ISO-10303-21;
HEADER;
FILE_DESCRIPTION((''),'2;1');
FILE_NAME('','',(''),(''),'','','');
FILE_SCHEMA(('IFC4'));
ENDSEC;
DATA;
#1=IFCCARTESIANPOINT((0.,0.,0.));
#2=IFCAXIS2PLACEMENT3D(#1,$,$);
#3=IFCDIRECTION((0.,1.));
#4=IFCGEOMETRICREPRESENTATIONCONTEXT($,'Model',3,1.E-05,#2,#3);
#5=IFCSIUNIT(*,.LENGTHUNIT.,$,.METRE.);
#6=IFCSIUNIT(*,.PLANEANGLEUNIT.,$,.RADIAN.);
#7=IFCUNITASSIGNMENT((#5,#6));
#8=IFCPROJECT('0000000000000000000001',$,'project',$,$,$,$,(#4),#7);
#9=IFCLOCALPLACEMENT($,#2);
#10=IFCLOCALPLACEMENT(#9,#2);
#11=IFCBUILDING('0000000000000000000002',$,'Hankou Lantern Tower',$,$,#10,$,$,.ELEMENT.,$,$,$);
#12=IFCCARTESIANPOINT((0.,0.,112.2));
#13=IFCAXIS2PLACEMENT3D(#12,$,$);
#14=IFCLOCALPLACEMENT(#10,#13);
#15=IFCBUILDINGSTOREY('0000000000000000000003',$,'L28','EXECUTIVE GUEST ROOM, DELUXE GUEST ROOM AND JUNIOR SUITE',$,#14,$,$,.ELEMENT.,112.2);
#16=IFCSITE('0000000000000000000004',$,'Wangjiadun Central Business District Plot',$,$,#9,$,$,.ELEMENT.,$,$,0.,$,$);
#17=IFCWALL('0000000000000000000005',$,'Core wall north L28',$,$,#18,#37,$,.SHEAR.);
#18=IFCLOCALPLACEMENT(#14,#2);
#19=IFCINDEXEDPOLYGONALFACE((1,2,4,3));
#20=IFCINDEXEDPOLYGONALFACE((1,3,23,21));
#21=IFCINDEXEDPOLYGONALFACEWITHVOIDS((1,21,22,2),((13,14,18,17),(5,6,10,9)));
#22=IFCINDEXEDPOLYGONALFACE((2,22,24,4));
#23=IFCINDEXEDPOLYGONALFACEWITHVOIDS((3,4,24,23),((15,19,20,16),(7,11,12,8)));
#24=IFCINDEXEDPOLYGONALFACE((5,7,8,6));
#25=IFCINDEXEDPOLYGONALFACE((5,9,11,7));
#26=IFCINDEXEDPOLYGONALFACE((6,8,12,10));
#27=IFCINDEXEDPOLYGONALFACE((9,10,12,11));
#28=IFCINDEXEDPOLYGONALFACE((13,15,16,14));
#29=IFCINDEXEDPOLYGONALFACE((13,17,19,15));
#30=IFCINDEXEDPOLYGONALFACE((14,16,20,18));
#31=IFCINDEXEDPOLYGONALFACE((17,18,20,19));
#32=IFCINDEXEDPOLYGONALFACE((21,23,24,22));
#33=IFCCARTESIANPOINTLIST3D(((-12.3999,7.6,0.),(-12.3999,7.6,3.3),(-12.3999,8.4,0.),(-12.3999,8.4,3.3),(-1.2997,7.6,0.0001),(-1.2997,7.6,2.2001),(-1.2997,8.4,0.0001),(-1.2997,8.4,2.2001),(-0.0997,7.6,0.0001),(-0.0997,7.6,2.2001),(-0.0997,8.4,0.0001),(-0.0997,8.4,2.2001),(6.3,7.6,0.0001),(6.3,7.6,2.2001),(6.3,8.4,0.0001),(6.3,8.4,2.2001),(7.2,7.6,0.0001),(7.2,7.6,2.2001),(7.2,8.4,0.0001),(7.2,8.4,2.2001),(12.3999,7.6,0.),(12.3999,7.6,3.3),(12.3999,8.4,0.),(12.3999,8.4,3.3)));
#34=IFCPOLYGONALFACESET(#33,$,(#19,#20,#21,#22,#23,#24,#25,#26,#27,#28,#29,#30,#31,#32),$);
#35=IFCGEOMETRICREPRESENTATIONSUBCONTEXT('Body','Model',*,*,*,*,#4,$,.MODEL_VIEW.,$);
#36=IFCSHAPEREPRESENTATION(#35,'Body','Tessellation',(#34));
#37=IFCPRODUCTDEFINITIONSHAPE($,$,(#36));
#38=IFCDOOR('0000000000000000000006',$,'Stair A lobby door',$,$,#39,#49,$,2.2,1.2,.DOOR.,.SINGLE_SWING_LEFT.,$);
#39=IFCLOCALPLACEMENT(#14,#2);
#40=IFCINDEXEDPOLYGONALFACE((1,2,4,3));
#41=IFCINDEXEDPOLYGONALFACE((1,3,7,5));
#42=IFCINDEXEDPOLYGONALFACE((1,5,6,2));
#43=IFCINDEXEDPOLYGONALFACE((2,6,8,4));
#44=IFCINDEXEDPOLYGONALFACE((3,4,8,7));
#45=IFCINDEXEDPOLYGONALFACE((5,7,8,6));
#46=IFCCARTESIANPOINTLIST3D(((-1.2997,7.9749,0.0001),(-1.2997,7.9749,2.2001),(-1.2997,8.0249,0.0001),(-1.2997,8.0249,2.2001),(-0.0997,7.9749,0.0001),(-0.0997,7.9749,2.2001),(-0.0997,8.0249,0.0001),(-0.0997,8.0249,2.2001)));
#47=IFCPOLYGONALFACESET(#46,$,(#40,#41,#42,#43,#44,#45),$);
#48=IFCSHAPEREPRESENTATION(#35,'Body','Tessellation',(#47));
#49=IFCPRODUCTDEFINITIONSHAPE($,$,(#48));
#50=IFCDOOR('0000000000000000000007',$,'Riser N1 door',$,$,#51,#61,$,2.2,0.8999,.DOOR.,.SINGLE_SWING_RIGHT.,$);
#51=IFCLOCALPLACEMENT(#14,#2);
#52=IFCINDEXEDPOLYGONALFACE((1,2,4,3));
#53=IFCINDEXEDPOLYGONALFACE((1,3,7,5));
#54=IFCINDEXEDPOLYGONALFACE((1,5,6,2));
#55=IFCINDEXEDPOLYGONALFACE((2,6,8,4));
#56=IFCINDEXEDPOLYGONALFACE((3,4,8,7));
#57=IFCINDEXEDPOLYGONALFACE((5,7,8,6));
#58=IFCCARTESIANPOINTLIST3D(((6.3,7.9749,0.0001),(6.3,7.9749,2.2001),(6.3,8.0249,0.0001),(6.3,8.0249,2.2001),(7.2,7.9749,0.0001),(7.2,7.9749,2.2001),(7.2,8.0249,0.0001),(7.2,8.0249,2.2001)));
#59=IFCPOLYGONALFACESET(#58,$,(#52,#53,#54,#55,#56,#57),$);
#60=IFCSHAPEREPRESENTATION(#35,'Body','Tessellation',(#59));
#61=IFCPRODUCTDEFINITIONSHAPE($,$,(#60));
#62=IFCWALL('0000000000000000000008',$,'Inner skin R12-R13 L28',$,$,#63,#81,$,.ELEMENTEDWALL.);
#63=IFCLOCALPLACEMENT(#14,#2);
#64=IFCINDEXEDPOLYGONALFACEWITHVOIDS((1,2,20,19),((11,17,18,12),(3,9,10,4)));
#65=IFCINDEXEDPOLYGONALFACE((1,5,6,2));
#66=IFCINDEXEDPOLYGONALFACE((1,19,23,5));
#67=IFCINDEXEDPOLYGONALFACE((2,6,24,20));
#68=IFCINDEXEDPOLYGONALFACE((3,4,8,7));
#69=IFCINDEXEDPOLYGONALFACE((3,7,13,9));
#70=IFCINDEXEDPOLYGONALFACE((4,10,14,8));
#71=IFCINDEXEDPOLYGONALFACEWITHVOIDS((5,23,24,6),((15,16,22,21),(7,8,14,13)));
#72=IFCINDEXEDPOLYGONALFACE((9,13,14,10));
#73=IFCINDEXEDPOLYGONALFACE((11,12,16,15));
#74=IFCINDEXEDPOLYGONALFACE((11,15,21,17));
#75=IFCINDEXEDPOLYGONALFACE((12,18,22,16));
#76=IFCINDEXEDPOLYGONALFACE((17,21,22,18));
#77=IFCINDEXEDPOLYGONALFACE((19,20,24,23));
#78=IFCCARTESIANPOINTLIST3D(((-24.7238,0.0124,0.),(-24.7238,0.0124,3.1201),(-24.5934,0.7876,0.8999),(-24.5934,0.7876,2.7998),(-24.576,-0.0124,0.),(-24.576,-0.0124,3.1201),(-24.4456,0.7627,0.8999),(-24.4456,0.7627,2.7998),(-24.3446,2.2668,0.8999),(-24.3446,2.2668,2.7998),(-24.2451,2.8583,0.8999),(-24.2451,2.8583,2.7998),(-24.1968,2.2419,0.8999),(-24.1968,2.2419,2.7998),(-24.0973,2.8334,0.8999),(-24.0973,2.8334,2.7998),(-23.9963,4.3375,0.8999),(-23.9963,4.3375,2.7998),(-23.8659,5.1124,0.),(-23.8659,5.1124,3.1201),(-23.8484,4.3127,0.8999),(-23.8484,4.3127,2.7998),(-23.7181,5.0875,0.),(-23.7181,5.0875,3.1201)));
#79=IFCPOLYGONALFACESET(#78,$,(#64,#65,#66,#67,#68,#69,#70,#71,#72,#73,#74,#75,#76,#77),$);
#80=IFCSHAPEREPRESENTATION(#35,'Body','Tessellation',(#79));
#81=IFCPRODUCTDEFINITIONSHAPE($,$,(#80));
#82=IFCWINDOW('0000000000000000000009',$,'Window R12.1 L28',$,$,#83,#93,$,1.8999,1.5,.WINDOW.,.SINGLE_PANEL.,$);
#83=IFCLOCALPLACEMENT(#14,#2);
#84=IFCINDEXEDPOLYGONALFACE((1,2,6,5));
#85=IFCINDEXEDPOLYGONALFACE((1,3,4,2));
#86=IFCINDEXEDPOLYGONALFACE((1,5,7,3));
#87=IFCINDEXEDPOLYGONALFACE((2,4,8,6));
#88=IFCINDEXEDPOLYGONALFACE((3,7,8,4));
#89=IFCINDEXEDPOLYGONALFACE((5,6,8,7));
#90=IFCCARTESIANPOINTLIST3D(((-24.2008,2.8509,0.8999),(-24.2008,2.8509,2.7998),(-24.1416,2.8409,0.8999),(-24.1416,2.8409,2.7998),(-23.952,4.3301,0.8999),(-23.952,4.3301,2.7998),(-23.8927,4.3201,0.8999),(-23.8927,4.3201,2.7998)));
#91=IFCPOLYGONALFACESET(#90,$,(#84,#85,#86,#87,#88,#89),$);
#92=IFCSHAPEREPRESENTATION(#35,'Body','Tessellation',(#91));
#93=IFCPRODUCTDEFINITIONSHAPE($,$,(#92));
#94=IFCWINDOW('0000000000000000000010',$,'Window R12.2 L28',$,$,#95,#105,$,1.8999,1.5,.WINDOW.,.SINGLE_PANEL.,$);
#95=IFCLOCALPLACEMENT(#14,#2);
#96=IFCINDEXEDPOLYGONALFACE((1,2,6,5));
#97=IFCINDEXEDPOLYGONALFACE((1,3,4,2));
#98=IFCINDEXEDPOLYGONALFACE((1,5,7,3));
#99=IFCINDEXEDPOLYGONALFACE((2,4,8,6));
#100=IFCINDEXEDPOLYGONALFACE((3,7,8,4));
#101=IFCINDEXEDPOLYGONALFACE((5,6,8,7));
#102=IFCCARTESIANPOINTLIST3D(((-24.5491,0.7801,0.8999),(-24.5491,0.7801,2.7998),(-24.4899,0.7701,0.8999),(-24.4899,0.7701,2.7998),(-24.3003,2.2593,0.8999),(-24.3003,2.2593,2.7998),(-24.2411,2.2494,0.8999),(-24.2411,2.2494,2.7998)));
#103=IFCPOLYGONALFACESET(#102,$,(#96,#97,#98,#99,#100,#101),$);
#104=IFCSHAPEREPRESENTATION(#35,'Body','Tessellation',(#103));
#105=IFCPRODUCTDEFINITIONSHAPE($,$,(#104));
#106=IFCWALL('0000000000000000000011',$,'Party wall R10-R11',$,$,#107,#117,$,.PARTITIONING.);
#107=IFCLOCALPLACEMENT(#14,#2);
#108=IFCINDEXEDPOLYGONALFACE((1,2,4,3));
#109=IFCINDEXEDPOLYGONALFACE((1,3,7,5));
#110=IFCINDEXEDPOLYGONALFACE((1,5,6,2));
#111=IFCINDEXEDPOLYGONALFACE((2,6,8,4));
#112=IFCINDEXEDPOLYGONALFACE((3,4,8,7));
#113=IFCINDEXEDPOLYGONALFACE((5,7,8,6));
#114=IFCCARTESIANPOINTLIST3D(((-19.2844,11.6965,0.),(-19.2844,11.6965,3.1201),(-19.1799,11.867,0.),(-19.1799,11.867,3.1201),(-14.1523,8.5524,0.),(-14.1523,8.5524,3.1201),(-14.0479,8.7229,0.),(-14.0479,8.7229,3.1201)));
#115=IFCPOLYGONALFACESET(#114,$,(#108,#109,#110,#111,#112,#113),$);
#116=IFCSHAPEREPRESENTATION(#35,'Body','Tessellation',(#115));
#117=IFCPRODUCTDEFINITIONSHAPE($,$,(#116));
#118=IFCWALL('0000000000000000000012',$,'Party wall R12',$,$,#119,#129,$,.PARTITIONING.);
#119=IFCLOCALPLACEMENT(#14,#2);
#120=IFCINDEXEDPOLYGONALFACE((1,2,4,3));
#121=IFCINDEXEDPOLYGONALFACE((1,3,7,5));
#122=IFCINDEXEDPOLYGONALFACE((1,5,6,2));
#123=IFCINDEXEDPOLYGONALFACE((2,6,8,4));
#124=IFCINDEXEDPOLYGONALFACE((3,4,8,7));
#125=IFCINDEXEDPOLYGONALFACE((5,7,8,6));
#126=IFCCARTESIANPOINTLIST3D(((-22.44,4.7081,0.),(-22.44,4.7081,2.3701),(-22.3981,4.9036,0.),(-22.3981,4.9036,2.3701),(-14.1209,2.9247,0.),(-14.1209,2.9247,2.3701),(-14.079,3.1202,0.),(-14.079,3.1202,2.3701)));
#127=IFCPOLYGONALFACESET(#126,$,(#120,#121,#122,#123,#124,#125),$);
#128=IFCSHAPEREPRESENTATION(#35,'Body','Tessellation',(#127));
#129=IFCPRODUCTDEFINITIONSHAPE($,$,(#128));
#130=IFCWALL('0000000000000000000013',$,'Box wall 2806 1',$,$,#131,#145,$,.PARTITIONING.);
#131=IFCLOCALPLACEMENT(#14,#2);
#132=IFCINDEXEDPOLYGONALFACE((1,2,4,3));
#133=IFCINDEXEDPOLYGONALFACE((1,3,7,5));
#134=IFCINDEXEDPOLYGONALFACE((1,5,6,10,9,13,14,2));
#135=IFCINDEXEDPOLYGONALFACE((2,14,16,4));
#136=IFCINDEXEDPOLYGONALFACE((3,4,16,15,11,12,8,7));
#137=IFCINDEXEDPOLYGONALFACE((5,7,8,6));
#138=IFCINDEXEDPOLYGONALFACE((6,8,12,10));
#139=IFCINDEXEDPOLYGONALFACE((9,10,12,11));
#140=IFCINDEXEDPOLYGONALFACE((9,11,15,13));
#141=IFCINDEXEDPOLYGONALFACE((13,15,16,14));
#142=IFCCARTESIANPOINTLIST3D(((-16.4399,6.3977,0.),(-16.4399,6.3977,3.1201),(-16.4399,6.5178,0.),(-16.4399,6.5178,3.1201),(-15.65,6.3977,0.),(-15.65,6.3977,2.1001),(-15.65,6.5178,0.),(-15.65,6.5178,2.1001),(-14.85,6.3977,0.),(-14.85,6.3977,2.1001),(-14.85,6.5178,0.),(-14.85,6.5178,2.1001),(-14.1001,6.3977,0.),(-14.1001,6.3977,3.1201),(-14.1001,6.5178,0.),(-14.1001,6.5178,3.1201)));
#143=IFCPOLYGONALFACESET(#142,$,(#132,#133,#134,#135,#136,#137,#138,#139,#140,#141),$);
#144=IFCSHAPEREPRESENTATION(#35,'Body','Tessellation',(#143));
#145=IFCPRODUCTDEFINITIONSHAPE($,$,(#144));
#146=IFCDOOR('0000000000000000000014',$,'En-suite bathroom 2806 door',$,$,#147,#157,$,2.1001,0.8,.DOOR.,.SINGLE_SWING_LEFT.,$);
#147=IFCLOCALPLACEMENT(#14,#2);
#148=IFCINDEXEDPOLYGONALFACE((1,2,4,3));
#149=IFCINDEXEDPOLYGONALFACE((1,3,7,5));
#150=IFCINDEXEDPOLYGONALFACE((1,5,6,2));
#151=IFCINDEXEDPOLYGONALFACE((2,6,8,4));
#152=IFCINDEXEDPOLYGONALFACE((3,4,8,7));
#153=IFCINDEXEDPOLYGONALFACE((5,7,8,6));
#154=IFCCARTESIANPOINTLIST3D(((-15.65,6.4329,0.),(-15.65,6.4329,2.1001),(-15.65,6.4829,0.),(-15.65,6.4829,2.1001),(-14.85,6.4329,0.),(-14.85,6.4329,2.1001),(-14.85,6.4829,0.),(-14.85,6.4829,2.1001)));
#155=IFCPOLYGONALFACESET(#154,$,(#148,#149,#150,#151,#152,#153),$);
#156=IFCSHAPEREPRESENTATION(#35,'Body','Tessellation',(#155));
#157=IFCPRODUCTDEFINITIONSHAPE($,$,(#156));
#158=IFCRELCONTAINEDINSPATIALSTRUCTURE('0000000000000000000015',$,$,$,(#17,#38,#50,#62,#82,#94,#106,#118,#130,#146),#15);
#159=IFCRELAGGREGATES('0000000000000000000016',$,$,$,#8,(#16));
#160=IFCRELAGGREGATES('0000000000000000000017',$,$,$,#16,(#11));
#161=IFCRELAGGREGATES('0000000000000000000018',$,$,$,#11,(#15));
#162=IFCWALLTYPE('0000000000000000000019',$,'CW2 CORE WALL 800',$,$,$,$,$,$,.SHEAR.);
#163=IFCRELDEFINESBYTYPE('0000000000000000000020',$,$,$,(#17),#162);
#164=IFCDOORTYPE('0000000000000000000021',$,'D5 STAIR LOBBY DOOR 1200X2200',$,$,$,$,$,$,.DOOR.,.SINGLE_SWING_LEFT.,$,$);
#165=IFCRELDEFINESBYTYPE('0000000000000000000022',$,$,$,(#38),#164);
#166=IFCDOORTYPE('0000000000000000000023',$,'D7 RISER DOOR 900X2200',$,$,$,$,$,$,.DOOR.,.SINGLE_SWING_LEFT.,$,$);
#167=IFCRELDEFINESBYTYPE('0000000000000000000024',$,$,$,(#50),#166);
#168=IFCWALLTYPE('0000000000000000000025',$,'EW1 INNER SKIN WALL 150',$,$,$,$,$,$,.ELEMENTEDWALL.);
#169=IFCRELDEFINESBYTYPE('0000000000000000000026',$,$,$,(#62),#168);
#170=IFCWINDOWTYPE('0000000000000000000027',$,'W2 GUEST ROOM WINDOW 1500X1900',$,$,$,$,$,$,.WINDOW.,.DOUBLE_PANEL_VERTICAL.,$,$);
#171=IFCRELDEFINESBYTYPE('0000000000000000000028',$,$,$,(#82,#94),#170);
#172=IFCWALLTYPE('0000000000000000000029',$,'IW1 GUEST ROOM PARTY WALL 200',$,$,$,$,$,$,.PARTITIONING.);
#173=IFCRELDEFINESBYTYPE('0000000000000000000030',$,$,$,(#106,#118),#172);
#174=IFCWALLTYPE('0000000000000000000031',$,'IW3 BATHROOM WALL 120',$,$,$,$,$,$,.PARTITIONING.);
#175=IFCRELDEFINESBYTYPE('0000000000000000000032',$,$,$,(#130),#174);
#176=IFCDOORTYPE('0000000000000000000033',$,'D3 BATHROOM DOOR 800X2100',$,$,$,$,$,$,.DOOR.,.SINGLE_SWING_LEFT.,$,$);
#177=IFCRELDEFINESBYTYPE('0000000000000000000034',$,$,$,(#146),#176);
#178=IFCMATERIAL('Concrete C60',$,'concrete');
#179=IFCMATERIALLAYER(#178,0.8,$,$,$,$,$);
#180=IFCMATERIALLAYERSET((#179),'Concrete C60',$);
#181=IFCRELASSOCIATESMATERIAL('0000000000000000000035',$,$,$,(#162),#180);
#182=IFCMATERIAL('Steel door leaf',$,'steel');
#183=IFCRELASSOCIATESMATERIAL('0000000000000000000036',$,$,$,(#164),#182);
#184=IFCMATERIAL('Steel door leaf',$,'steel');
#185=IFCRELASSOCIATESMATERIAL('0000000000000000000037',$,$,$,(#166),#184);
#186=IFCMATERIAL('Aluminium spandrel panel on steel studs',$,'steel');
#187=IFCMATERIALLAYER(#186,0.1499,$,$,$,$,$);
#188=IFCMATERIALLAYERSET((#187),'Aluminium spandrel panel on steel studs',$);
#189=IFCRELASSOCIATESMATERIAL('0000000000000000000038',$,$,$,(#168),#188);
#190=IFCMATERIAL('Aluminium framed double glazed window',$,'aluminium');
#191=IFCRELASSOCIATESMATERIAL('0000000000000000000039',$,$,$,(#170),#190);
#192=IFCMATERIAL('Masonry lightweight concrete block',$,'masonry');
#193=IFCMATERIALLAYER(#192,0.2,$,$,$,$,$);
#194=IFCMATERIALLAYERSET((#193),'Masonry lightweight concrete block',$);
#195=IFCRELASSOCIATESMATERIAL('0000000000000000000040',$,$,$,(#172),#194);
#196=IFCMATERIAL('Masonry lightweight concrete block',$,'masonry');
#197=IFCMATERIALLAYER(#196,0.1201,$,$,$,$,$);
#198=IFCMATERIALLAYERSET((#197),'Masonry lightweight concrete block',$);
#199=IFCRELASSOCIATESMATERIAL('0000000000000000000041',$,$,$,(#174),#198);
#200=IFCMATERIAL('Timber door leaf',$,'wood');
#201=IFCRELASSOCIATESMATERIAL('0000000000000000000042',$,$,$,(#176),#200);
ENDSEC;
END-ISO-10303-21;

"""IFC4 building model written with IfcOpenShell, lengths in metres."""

from ifc_helpers import new_model, si_unit, direction, frame, frame_2d, origin, place, context, subcontext, project, spatial, rectangle, extrude, material, layer, layer_set, type_object, element, fill, save


model = new_model("IFC4")

# Units and contexts
model_context = context("Model", 3, precision=1e-05, world=origin(), true_north=direction((0.0, 1.0)))
body_context = subcontext(model_context, "Body", "Model", "MODEL_VIEW")
ifc_project = project(units=[si_unit("LENGTHUNIT", "METRE"), si_unit("PLANEANGLEUNIT", "RADIAN")], contexts=[model_context])

# Site, building, storey
site_placement = place(None, origin())
site = spatial("IfcSite", under=ifc_project, at=site_placement, Name="Wangjiadun Central Business District Plot", CompositionType="ELEMENT", RefElevation=0.0)
building_placement = place(site_placement, origin())
building = spatial("IfcBuilding", under=site, at=building_placement, Name="Hankou Lantern Tower", CompositionType="ELEMENT")
storey_placement = place(building_placement, frame((0.0, 0.0, 112.2)))
storey = spatial("IfcBuildingStorey", under=building, at=storey_placement, Name="L28", Description="EXECUTIVE GUEST ROOM, DELUXE GUEST ROOM AND JUNIOR SUITE", CompositionType="ELEMENT", Elevation=112.2)

# Wall, openings, doors
ifc_material_1 = material(Name="Concrete C60", Category="concrete")
ifc_layer_1 = layer(ifc_material_1, 0.8)
ifc_layer_set_1 = layer_set([ifc_layer_1], Name="Concrete C60")
wall_type_1 = type_object("IfcWallType", Name="CW2 CORE WALL 800", PredefinedType="SHEAR", material=ifc_layer_set_1)
wall_1_placement = place(storey_placement, frame((-12.3999, 8.0, 0.0), z_axis=(0.0, 0.0, 1.0), x_axis=(1.0, 0.0, 0.0)))
wall_1 = element("IfcWall", 1, at=wall_1_placement, inside=storey, type_object=wall_type_1, Name="Core wall north L28", PredefinedType="SHEAR", context=body_context, shape_type="SweptSolid", body=[
    extrude(rectangle(XDim=24.7998, YDim=0.8, at=frame_2d((12.3999, 0.0))), origin(), (0.0, 0.0, 1.0), 3.3),
])
opening_1_placement = place(wall_1_placement, frame((11.1001, 0.0, 0.0)))
opening_1 = element("IfcOpeningElement", 2, at=opening_1_placement, cuts=wall_1, PredefinedType="OPENING", context=body_context, shape_type="SweptSolid", body=[
    extrude(rectangle(XDim=1.2, YDim=2.2, at=frame_2d((0.6001, 1.1001))), frame((0.0, 0.4099, 0.0), z_axis=(0.0, -1.0, 0.0), x_axis=(1.0, 0.0, 0.0)), (0.0, 0.0, 1.0), 0.8201),
])
opening_2_placement = place(wall_1_placement, frame((18.7, 0.0, 0.0)))
opening_2 = element("IfcOpeningElement", 3, at=opening_2_placement, cuts=wall_1, PredefinedType="OPENING", context=body_context, shape_type="SweptSolid", body=[
    extrude(rectangle(XDim=0.8999, YDim=2.2, at=frame_2d((0.45, 1.1001))), frame((0.0, 0.4099, 0.0), z_axis=(0.0, -1.0, 0.0), x_axis=(1.0, 0.0, 0.0)), (0.0, 0.0, 1.0), 0.8201),
])
ifc_material_2 = material(Name="Steel door leaf", Category="steel")
door_type_1 = type_object("IfcDoorType", Name="D5 STAIR LOBBY DOOR 1200X2200", OperationType="SINGLE_SWING_LEFT", PredefinedType="DOOR", material=ifc_material_2)
door_1_placement = place(opening_1_placement, origin())
door_1 = element("IfcDoor", 4, at=door_1_placement, inside=storey, type_object=door_type_1, Name="Stair A lobby door", OperationType="SINGLE_SWING_LEFT", OverallHeight=2.2, OverallWidth=1.2, PredefinedType="DOOR", context=body_context, shape_type="SweptSolid", body=[
    extrude(rectangle(XDim=1.2, YDim=2.2, at=frame_2d((0.6001, 1.1001))), frame((0.0, 0.0249, 0.0), z_axis=(0.0, -1.0, 0.0), x_axis=(1.0, 0.0, 0.0)), (0.0, 0.0, 1.0), 0.05),
])
fill(opening_1, door_1)
ifc_material_3 = material(Name="Steel door leaf", Category="steel")
door_type_2 = type_object("IfcDoorType", Name="D7 RISER DOOR 900X2200", OperationType="SINGLE_SWING_LEFT", PredefinedType="DOOR", material=ifc_material_3)
door_2_placement = place(opening_2_placement, origin())
door_2 = element("IfcDoor", 5, at=door_2_placement, inside=storey, type_object=door_type_2, Name="Riser N1 door", OperationType="SINGLE_SWING_RIGHT", OverallHeight=2.2, OverallWidth=0.8999, PredefinedType="DOOR", context=body_context, shape_type="SweptSolid", body=[
    extrude(rectangle(XDim=0.8999, YDim=2.2, at=frame_2d((0.45, 1.1001))), frame((0.0, 0.0249, 0.0), z_axis=(0.0, -1.0, 0.0), x_axis=(1.0, 0.0, 0.0)), (0.0, 0.0, 1.0), 0.05),
])
fill(opening_2, door_2)

# Wall, openings, windows
ifc_material_4 = material(Name="Aluminium spandrel panel on steel studs", Category="steel")
ifc_layer_2 = layer(ifc_material_4, 0.1499)
ifc_layer_set_2 = layer_set([ifc_layer_2], Name="Aluminium spandrel panel on steel studs")
wall_type_2 = type_object("IfcWallType", Name="EW1 INNER SKIN WALL 150", PredefinedType="ELEMENTEDWALL", material=ifc_layer_set_2)
wall_2_placement = place(storey_placement, frame((-23.792, 5.1001, 0.0), z_axis=(0.0, 0.0, 1.0), x_axis=(-0.165884, -0.986145, 0.0)))
wall_2 = element("IfcWall", 6, at=wall_2_placement, inside=storey, type_object=wall_type_2, Name="Inner skin R12-R13 L28", PredefinedType="ELEMENTEDWALL", context=body_context, shape_type="SweptSolid", body=[
    extrude(rectangle(XDim=5.1716, YDim=0.1499, at=frame_2d((2.5859, 0.0))), origin(), (0.0, 0.0, 1.0), 3.1201),
])
opening_3_placement = place(wall_2_placement, frame((0.7859, 0.0, 0.8999)))
opening_3 = element("IfcOpeningElement", 7, at=opening_3_placement, cuts=wall_2, PredefinedType="OPENING", context=body_context, shape_type="SweptSolid", body=[
    extrude(rectangle(XDim=1.5, YDim=1.8999, at=frame_2d((0.75, 0.95))), frame((0.0, 0.085, 0.0), z_axis=(0.0, -1.0, 0.0), x_axis=(1.0, 0.0, 0.0)), (0.0, 0.0, 1.0), 0.1699),
])
opening_4_placement = place(wall_2_placement, frame((2.8857, 0.0, 0.8999)))
opening_4 = element("IfcOpeningElement", 8, at=opening_4_placement, cuts=wall_2, PredefinedType="OPENING", context=body_context, shape_type="SweptSolid", body=[
    extrude(rectangle(XDim=1.5, YDim=1.8999, at=frame_2d((0.75, 0.95))), frame((0.0, 0.085, 0.0), z_axis=(0.0, -1.0, 0.0), x_axis=(1.0, 0.0, 0.0)), (0.0, 0.0, 1.0), 0.1699),
])
ifc_material_5 = material(Name="Aluminium framed double glazed window", Category="aluminium")
window_type = type_object("IfcWindowType", Name="W2 GUEST ROOM WINDOW 1500X1900", PartitioningType="DOUBLE_PANEL_VERTICAL", PredefinedType="WINDOW", material=ifc_material_5)
window_1_placement = place(opening_3_placement, origin())
window_1 = element("IfcWindow", 9, at=window_1_placement, inside=storey, type_object=window_type, Name="Window R12.1 L28", OverallHeight=1.8999, OverallWidth=1.5, PartitioningType="SINGLE_PANEL", PredefinedType="WINDOW", context=body_context, shape_type="SweptSolid", body=[
    extrude(rectangle(XDim=1.5, YDim=1.8999, at=frame_2d((0.75, 0.95))), frame((0.0, 0.03, 0.0), z_axis=(0.0, -1.0, 0.0), x_axis=(1.0, 0.0, 0.0)), (0.0, 0.0, 1.0), 0.0601),
])
fill(opening_3, window_1)
window_2_placement = place(opening_4_placement, origin())
window_2 = element("IfcWindow", 10, at=window_2_placement, inside=storey, type_object=window_type, Name="Window R12.2 L28", OverallHeight=1.8999, OverallWidth=1.5, PartitioningType="SINGLE_PANEL", PredefinedType="WINDOW", context=body_context, shape_type="SweptSolid", body=[
    extrude(rectangle(XDim=1.5, YDim=1.8999, at=frame_2d((0.75, 0.95))), frame((0.0, 0.03, 0.0), z_axis=(0.0, -1.0, 0.0), x_axis=(1.0, 0.0, 0.0)), (0.0, 0.0, 1.0), 0.0601),
])
fill(opening_4, window_2)

# Walls
ifc_material_6 = material(Name="Masonry lightweight concrete block", Category="masonry")
ifc_layer_3 = layer(ifc_material_6, 0.2)
ifc_layer_set_3 = layer_set([ifc_layer_3], Name="Masonry lightweight concrete block")
wall_type_3 = type_object("IfcWallType", Name="IW1 GUEST ROOM PARTY WALL 200", PredefinedType="PARTITIONING", material=ifc_layer_set_3)
wall_3_placement = place(storey_placement, frame((-14.1001, 8.6377, 0.0), z_axis=(0.0, 0.0, 1.0), x_axis=(-0.852707, 0.52239, 0.0)))
element("IfcWall", 11, at=wall_3_placement, inside=storey, type_object=wall_type_3, Name="Party wall R10-R11", PredefinedType="PARTITIONING", context=body_context, shape_type="SweptSolid", body=[
    extrude(rectangle(XDim=6.0186, YDim=0.2, at=frame_2d((3.0093, 0.0))), origin(), (0.0, 0.0, 1.0), 3.1201),
])
wall_4_placement = place(storey_placement, frame((-14.1001, 3.0225, 0.0), z_axis=(0.0, 0.0, 1.0), x_axis=(-0.977784, 0.209617, 0.0)))
element("IfcWall", 12, at=wall_4_placement, inside=storey, type_object=wall_type_3, Name="Party wall R12", PredefinedType="PARTITIONING", context=body_context, shape_type="SweptSolid", body=[
    extrude(rectangle(XDim=8.5081, YDim=0.2, at=frame_2d((4.2539, 0.0))), origin(), (0.0, 0.0, 1.0), 2.3701),
])

# Wall, opening, door
ifc_material_7 = material(Name="Masonry lightweight concrete block", Category="masonry")
ifc_layer_4 = layer(ifc_material_7, 0.1201)
ifc_layer_set_4 = layer_set([ifc_layer_4], Name="Masonry lightweight concrete block")
wall_type_4 = type_object("IfcWallType", Name="IW3 BATHROOM WALL 120", PredefinedType="PARTITIONING", material=ifc_layer_set_4)
wall_5_placement = place(storey_placement, frame((-14.1001, 6.4578, 0.0), z_axis=(0.0, 0.0, 1.0), x_axis=(-1.0, 0.0, 0.0)))
wall_5 = element("IfcWall", 13, at=wall_5_placement, inside=storey, type_object=wall_type_4, Name="Box wall 2806 1", PredefinedType="PARTITIONING", context=body_context, shape_type="SweptSolid", body=[
    extrude(rectangle(XDim=2.3398, YDim=0.1201, at=frame_2d((1.1699, 0.0))), origin(), (0.0, 0.0, 1.0), 3.1201),
])
opening_5_placement = place(wall_5_placement, frame((0.75, 0.0, 0.0)))
opening_5 = element("IfcOpeningElement", 14, at=opening_5_placement, cuts=wall_5, PredefinedType="OPENING", context=body_context, shape_type="SweptSolid", body=[
    extrude(rectangle(XDim=0.8, YDim=2.1001, at=frame_2d((0.3999, 1.05))), frame((0.0, 0.0701, 0.0), z_axis=(0.0, -1.0, 0.0), x_axis=(1.0, 0.0, 0.0)), (0.0, 0.0, 1.0), 0.1401),
])
ifc_material_8 = material(Name="Timber door leaf", Category="wood")
door_type_3 = type_object("IfcDoorType", Name="D3 BATHROOM DOOR 800X2100", OperationType="SINGLE_SWING_LEFT", PredefinedType="DOOR", material=ifc_material_8)
door_3_placement = place(opening_5_placement, origin())
door_3 = element("IfcDoor", 15, at=door_3_placement, inside=storey, type_object=door_type_3, Name="En-suite bathroom 2806 door", OperationType="SINGLE_SWING_LEFT", OverallHeight=2.1001, OverallWidth=0.8, PredefinedType="DOOR", context=body_context, shape_type="SweptSolid", body=[
    extrude(rectangle(XDim=0.8, YDim=2.1001, at=frame_2d((0.3999, 1.05))), frame((0.0, 0.0249, 0.0), z_axis=(0.0, -1.0, 0.0), x_axis=(1.0, 0.0, 0.0)), (0.0, 0.0, 1.0), 0.05),
])
fill(opening_5, door_3)

save(model, "model.ifc")
